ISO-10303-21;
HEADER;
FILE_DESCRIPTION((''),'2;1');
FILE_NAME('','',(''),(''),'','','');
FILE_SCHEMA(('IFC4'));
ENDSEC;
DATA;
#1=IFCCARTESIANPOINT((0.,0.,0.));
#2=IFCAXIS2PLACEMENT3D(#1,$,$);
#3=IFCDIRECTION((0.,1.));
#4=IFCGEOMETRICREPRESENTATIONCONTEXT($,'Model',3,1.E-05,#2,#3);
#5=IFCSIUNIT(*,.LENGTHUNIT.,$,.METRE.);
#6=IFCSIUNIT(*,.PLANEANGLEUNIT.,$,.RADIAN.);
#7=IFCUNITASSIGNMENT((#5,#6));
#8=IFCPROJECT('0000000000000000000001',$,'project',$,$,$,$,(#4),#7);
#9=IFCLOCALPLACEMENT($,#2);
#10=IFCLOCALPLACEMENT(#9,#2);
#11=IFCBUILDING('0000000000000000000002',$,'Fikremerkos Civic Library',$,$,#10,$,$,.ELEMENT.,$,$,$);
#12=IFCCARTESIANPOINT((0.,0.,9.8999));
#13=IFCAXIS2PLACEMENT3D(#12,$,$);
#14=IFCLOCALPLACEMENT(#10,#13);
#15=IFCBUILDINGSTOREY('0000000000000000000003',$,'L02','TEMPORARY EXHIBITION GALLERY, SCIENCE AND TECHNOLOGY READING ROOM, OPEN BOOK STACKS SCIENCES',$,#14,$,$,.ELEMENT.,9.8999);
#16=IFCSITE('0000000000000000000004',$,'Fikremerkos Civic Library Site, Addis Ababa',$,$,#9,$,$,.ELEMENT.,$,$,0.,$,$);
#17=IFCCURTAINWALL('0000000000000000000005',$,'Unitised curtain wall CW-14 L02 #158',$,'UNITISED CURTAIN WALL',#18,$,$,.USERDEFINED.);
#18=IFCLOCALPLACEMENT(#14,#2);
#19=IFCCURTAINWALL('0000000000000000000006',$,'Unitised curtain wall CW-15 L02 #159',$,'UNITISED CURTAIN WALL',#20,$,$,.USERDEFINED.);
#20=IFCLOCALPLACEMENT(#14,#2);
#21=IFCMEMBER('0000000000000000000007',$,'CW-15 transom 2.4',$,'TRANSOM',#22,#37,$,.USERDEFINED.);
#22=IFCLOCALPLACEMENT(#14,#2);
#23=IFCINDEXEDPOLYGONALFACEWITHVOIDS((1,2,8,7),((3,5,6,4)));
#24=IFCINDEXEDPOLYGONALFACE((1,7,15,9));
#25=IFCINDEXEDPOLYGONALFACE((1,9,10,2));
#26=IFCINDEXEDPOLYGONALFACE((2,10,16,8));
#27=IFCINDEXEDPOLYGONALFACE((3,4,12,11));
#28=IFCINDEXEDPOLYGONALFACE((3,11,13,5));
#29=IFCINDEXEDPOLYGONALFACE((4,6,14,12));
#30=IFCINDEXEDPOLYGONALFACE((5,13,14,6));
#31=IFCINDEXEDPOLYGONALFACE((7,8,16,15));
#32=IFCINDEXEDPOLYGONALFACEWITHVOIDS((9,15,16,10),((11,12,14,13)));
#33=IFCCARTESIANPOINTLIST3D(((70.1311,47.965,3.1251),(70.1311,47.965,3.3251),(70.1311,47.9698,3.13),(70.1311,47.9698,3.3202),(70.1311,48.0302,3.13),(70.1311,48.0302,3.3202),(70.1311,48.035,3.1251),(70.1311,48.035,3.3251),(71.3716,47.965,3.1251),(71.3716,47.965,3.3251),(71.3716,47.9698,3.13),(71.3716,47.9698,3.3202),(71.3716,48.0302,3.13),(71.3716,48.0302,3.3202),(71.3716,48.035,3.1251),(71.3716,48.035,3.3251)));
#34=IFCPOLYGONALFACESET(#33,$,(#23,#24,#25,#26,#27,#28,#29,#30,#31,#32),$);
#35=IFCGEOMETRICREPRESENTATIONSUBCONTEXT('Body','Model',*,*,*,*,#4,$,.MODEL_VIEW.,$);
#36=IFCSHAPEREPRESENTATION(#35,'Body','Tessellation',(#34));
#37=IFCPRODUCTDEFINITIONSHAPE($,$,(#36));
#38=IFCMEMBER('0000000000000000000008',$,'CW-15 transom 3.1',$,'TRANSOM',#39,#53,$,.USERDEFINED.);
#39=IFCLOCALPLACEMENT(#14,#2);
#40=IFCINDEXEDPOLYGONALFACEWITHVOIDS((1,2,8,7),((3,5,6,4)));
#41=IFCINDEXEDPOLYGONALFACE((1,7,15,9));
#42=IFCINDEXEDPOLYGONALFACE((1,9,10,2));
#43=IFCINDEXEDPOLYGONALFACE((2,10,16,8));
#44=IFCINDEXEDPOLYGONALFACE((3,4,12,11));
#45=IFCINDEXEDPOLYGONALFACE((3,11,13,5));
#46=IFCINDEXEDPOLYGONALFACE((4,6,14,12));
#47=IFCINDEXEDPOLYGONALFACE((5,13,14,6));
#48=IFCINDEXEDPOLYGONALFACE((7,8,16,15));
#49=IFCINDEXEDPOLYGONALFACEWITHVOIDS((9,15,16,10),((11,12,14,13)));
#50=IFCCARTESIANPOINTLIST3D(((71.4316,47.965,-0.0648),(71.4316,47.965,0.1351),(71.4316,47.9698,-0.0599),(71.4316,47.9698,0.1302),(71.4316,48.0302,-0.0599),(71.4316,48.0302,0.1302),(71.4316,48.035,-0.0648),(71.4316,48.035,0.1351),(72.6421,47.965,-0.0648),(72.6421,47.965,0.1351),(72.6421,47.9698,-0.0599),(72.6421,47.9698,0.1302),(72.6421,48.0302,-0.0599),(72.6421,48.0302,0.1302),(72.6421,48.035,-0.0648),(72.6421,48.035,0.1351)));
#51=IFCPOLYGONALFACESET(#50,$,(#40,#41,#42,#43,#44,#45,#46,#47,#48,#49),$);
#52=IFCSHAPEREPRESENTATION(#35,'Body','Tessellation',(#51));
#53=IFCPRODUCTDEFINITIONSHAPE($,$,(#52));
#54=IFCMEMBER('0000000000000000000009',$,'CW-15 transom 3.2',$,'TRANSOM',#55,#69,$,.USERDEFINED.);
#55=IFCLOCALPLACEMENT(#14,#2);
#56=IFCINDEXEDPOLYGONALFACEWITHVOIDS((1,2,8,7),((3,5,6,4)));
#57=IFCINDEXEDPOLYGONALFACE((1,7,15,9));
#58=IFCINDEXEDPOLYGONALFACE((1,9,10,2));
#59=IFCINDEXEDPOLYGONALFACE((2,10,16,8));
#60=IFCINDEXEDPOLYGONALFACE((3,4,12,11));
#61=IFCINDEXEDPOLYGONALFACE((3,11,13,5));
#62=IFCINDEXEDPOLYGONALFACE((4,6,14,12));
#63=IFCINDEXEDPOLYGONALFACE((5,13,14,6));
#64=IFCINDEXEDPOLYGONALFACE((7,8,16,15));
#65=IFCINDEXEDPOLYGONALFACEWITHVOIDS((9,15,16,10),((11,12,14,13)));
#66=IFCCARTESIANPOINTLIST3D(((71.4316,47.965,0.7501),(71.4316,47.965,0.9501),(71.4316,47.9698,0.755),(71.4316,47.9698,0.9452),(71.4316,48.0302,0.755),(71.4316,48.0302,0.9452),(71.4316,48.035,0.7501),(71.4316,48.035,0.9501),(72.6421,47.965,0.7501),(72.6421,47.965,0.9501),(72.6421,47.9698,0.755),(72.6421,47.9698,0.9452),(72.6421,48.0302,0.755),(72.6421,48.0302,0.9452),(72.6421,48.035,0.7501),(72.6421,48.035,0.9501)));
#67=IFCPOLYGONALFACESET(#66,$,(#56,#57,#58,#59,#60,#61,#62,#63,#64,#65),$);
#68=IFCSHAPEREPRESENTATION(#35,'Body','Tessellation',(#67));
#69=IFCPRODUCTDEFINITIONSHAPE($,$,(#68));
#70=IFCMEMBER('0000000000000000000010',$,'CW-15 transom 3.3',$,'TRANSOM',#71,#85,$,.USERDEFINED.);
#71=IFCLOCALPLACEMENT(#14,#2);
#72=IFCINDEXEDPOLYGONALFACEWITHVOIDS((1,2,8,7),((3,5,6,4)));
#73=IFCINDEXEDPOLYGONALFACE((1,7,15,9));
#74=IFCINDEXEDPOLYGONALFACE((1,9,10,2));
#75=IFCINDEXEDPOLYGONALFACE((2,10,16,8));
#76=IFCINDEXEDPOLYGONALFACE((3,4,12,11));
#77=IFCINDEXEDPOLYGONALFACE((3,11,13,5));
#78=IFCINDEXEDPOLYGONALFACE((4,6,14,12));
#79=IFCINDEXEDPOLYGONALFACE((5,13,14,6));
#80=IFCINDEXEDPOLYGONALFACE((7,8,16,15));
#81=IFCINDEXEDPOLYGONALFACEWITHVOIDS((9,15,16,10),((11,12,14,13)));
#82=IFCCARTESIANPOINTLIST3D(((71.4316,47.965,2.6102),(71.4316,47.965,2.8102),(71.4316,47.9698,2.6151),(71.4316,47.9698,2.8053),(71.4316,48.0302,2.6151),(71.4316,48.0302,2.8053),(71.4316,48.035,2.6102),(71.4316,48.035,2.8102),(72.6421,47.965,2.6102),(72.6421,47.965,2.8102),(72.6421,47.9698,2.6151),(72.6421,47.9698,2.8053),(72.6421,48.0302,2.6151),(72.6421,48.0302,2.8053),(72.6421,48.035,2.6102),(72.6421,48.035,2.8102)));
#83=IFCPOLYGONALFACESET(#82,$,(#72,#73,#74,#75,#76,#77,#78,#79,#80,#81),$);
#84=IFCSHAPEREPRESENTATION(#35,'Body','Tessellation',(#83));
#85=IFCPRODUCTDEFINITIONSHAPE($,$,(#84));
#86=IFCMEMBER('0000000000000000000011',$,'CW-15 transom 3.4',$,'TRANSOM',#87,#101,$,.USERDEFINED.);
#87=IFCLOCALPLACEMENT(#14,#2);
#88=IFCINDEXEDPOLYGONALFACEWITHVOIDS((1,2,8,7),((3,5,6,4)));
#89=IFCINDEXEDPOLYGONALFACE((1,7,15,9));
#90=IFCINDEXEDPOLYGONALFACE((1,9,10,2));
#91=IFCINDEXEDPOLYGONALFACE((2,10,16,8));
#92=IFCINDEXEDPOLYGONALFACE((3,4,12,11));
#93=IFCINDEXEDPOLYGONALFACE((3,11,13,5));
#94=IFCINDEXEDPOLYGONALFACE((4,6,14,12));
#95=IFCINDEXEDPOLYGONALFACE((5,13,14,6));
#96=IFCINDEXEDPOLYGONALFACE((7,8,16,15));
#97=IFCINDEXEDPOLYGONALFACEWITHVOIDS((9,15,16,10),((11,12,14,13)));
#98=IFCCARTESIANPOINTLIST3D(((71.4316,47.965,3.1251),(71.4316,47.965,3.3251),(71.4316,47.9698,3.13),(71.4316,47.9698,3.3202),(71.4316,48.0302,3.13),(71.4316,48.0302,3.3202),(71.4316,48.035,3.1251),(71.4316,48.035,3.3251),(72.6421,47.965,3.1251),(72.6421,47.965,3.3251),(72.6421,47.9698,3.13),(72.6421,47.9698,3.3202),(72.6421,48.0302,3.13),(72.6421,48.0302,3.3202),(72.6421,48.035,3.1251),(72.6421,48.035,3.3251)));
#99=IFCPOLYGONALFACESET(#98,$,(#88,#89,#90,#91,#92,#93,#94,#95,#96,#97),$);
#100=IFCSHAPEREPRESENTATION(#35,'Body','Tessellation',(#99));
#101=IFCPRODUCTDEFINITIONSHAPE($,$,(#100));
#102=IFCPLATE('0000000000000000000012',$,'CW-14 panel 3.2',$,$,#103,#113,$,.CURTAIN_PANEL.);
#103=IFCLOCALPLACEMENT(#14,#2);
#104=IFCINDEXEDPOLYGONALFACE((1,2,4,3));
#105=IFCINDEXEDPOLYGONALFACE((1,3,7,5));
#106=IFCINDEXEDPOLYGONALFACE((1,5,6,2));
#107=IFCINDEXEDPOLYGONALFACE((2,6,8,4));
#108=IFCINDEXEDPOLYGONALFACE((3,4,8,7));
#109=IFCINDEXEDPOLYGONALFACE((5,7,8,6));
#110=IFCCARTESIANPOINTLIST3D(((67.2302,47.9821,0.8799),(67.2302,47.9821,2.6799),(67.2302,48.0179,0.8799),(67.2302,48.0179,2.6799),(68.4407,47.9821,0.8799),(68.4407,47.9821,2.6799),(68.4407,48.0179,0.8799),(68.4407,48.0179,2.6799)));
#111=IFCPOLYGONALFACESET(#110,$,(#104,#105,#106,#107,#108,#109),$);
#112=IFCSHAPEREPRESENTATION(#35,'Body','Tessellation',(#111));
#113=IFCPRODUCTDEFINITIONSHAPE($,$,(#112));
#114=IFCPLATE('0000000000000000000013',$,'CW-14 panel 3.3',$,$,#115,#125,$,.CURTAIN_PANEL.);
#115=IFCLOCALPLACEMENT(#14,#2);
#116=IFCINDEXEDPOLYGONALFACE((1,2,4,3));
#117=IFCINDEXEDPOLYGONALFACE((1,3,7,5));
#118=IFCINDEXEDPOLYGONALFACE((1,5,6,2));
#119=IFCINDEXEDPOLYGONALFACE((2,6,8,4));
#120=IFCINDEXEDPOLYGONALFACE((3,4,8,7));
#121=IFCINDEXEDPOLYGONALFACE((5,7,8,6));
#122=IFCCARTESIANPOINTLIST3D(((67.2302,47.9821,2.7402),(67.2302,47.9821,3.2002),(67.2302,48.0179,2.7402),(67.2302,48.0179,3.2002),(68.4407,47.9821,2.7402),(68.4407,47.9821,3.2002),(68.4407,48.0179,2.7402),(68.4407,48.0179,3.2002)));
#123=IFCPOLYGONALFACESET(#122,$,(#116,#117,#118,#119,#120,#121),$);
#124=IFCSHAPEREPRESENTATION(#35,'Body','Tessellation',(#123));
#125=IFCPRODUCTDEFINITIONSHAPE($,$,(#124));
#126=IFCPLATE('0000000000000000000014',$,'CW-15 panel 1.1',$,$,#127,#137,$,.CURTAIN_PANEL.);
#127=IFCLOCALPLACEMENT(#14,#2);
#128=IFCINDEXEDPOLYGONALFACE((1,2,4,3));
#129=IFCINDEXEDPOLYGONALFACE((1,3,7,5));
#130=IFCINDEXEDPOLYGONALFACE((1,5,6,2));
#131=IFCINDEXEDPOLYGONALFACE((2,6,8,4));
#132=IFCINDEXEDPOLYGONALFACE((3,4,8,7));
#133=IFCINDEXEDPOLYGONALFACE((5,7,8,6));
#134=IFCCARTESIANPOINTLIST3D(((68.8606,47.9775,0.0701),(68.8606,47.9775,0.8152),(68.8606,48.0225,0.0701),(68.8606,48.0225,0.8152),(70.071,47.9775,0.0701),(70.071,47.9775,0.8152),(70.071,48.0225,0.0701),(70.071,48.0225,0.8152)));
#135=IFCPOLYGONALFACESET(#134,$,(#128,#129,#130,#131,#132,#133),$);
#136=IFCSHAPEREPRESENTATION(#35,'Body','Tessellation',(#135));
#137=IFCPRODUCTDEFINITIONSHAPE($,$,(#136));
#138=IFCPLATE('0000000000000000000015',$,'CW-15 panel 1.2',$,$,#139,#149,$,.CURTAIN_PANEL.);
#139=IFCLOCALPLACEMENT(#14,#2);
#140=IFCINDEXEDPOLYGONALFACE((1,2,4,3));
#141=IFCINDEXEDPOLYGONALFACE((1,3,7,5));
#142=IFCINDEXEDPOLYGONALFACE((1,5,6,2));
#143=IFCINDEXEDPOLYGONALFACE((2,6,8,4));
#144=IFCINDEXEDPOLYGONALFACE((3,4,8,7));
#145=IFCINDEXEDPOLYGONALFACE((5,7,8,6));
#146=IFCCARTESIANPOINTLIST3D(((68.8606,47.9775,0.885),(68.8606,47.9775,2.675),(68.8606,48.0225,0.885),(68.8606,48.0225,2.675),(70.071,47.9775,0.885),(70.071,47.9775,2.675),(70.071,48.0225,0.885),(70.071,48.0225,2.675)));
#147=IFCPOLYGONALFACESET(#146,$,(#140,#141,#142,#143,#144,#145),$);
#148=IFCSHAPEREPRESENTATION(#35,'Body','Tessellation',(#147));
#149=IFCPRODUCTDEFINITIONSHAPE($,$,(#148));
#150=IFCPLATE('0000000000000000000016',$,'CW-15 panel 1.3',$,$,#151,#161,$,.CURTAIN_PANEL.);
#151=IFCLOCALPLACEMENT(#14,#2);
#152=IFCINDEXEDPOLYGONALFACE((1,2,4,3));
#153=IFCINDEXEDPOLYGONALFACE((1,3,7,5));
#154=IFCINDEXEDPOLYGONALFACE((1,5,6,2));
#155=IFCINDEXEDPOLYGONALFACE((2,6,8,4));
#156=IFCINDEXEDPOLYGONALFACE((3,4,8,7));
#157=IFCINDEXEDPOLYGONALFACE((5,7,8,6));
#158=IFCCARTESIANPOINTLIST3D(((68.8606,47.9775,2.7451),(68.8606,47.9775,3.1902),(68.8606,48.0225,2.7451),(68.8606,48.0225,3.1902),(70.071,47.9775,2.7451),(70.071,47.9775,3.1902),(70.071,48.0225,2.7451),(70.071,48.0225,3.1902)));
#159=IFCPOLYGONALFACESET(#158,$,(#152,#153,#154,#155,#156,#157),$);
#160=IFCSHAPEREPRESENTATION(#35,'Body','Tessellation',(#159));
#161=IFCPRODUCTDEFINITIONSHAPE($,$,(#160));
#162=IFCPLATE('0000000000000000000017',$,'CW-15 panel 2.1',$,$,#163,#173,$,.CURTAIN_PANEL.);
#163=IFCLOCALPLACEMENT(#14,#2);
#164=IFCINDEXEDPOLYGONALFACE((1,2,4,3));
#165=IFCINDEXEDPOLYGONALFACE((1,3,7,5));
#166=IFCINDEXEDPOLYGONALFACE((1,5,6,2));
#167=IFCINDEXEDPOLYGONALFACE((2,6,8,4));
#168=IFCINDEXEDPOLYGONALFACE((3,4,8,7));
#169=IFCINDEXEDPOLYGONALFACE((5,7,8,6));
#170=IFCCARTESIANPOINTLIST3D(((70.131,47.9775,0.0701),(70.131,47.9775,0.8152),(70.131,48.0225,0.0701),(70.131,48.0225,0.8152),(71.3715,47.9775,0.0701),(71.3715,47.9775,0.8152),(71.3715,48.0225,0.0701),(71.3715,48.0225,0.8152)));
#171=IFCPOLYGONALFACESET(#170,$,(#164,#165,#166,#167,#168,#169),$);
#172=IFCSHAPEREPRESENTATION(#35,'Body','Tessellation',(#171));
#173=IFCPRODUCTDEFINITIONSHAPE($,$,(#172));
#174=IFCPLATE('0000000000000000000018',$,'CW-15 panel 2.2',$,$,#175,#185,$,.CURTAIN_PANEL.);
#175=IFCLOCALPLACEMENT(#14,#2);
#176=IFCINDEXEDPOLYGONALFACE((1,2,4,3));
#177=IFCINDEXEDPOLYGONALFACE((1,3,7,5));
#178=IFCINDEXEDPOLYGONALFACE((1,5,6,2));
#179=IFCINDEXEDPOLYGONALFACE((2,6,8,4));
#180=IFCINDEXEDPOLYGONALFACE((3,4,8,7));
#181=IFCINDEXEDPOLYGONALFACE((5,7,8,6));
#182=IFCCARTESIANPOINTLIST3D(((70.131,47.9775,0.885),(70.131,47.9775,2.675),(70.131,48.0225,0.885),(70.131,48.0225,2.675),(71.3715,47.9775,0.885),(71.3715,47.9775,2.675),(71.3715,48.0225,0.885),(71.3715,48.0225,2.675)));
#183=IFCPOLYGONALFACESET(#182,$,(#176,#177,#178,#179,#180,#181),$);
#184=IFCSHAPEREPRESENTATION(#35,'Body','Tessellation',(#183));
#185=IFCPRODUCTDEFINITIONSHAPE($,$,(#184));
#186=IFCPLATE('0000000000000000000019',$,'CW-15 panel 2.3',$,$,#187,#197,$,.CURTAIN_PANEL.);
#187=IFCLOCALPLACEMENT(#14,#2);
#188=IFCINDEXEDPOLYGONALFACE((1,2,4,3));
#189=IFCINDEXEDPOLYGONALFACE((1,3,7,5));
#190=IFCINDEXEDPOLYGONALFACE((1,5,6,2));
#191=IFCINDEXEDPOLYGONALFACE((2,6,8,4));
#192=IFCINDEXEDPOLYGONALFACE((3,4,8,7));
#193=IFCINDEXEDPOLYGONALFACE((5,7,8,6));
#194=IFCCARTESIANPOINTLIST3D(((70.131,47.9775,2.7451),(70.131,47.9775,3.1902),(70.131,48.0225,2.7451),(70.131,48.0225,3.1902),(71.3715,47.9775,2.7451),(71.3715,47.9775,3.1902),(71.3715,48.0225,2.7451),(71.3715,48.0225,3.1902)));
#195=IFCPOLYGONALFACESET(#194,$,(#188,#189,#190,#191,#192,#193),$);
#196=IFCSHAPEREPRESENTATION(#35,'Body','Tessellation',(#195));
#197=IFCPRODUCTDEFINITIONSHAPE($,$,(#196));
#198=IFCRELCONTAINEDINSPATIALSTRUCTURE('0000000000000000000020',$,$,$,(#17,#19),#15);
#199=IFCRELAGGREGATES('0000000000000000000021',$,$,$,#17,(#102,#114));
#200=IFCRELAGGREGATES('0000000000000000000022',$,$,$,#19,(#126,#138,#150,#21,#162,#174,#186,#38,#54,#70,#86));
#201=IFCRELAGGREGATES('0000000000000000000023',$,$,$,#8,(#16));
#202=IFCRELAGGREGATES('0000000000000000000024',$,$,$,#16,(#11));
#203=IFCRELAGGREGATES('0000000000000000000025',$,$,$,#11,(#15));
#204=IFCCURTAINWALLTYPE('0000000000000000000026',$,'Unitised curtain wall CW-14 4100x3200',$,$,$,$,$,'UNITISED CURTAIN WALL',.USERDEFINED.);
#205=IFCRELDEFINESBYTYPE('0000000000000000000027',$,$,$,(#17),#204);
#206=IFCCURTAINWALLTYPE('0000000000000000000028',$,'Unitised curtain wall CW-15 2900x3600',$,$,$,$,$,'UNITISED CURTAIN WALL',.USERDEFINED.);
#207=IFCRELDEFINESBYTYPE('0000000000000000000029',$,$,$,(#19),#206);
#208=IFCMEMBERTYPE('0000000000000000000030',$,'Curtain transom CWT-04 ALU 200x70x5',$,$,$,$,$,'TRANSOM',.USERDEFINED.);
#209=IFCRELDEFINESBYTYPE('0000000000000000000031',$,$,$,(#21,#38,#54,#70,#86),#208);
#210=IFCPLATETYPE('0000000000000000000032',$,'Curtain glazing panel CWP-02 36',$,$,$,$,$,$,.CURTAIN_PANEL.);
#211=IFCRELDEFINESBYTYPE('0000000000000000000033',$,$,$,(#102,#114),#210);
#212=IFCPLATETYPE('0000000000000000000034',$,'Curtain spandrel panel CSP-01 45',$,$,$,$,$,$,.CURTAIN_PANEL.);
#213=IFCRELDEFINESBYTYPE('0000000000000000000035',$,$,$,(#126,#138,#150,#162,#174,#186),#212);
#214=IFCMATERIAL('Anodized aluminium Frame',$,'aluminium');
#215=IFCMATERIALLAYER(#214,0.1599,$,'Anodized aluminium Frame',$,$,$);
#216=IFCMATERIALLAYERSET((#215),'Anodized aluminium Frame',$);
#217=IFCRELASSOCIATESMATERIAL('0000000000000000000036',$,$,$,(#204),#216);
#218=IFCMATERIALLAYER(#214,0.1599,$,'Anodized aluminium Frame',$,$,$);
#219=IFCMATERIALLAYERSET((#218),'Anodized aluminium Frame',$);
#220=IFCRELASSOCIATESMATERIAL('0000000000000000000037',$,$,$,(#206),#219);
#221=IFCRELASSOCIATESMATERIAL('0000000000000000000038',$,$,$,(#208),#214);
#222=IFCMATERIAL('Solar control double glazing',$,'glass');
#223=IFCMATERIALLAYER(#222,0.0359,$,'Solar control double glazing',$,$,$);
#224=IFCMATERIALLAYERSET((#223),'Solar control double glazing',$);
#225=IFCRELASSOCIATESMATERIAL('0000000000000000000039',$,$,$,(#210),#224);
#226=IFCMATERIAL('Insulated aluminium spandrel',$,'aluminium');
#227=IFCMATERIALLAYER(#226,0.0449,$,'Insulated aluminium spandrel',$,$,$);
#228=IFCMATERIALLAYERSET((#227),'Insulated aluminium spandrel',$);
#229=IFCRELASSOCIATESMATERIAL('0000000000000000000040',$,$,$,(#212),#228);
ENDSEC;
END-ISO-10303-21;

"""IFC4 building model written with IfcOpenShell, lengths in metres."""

from ifc_helpers import new_model, si_unit, direction, frame, origin, origin_2d, place, context, subcontext, project, spatial, rectangle, hollow_rectangle, extrude, material, layer, layer_set, material_profile, profile_set, type_object, element, aggregate, save


model = new_model("IFC4")

# Units and contexts
model_context = context("Model", 3, precision=1e-05, world=origin(), true_north=direction((0.0, 1.0)))
body_context = subcontext(model_context, "Body", "Model", "MODEL_VIEW")
ifc_project = project(units=[si_unit("LENGTHUNIT", "METRE"), si_unit("PLANEANGLEUNIT", "RADIAN")], contexts=[model_context])

# Site, building, storey
site_placement = place(None, origin())
site = spatial("IfcSite", under=ifc_project, at=site_placement, Name="Fikremerkos Civic Library Site, Addis Ababa", CompositionType="ELEMENT", RefElevation=0.0)
building_placement = place(site_placement, origin())
building = spatial("IfcBuilding", under=site, at=building_placement, Name="Fikremerkos Civic Library", CompositionType="ELEMENT")
storey_placement = place(building_placement, frame((0.0, 0.0, 9.8999)))
storey = spatial("IfcBuildingStorey", under=building, at=storey_placement, Name="L02", Description="TEMPORARY EXHIBITION GALLERY, SCIENCE AND TECHNOLOGY READING ROOM, OPEN BOOK STACKS SCIENCES", CompositionType="ELEMENT", Elevation=9.8999)

# Curtain wall
ifc_material_1 = material(Name="Anodized aluminium Frame", Category="aluminium")
ifc_layer_1 = layer(ifc_material_1, 0.1599, Name="Anodized aluminium Frame")
ifc_layer_set_1 = layer_set([ifc_layer_1], Name="Anodized aluminium Frame")
curtain_wall_type_1 = type_object("IfcCurtainWallType", Name="Unitised curtain wall CW-14 4100x3200", ElementType="UNITISED CURTAIN WALL", PredefinedType="USERDEFINED", material=ifc_layer_set_1)
curtain_wall_1_placement = place(storey_placement, origin())
curtain_wall_1 = element("IfcCurtainWall", 1, at=curtain_wall_1_placement, inside=storey, type_object=curtain_wall_type_1, Name="Unitised curtain wall CW-14 L02 #158", ObjectType="UNITISED CURTAIN WALL", PredefinedType="USERDEFINED")

# Curtain wall, members
ifc_layer_2 = layer(ifc_material_1, 0.1599, Name="Anodized aluminium Frame")
ifc_layer_set_2 = layer_set([ifc_layer_2], Name="Anodized aluminium Frame")
curtain_wall_type_2 = type_object("IfcCurtainWallType", Name="Unitised curtain wall CW-15 2900x3600", ElementType="UNITISED CURTAIN WALL", PredefinedType="USERDEFINED", material=ifc_layer_set_2)
curtain_wall_2_placement = place(storey_placement, origin())
curtain_wall_2 = element("IfcCurtainWall", 2, at=curtain_wall_2_placement, inside=storey, type_object=curtain_wall_type_2, Name="Unitised curtain wall CW-15 L02 #159", ObjectType="UNITISED CURTAIN WALL", PredefinedType="USERDEFINED")
ifc_material_profile_1 = material_profile(ifc_material_1, hollow_rectangle(XDim=0.0701, YDim=0.2, WallThickness=0.0049, at=origin_2d()), Name="ALU 200x70x5")
ifc_profile_set_1 = profile_set([ifc_material_profile_1], Name="Anodized aluminium Frame")
member_type_1 = type_object("IfcMemberType", Name="Curtain transom CWT-04 ALU 200x70x5", ElementType="TRANSOM", PredefinedType="USERDEFINED", material=ifc_profile_set_1)
member_1_placement = place(storey_placement, frame((70.1311, 48.0, 3.2251), z_axis=(1.0, 0.0, 0.0), x_axis=(0.0, 1.0, 0.0)))
member_1 = element("IfcMember", 3, at=member_1_placement, type_object=member_type_1, Name="CW-15 transom 2.4", ObjectType="TRANSOM", PredefinedType="USERDEFINED", context=body_context, shape_type="SweptSolid", body=[
    extrude(hollow_rectangle(XDim=0.0701, YDim=0.2, WallThickness=0.0049, at=origin_2d()), origin(), (0.0, 0.0, 1.0), 1.2405),
])
member_2_placement = place(storey_placement, frame((71.4316, 48.0, 0.0352), z_axis=(1.0, 0.0, 0.0), x_axis=(0.0, 1.0, 0.0)))
member_2 = element("IfcMember", 4, at=member_2_placement, type_object=member_type_1, Name="CW-15 transom 3.1", ObjectType="TRANSOM", PredefinedType="USERDEFINED", context=body_context, shape_type="SweptSolid", body=[
    extrude(hollow_rectangle(XDim=0.0701, YDim=0.2, WallThickness=0.0049, at=origin_2d()), origin(), (0.0, 0.0, 1.0), 1.2104),
])
member_3_placement = place(storey_placement, frame((71.4316, 48.0, 0.8501), z_axis=(1.0, 0.0, 0.0), x_axis=(0.0, 1.0, 0.0)))
member_3 = element("IfcMember", 5, at=member_3_placement, type_object=member_type_1, Name="CW-15 transom 3.2", ObjectType="TRANSOM", PredefinedType="USERDEFINED", context=body_context, shape_type="SweptSolid", body=[
    extrude(hollow_rectangle(XDim=0.0701, YDim=0.2, WallThickness=0.0049, at=origin_2d()), origin(), (0.0, 0.0, 1.0), 1.2104),
])
member_4_placement = place(storey_placement, frame((71.4316, 48.0, 2.7102), z_axis=(1.0, 0.0, 0.0), x_axis=(0.0, 1.0, 0.0)))
member_4 = element("IfcMember", 6, at=member_4_placement, type_object=member_type_1, Name="CW-15 transom 3.3", ObjectType="TRANSOM", PredefinedType="USERDEFINED", context=body_context, shape_type="SweptSolid", body=[
    extrude(hollow_rectangle(XDim=0.0701, YDim=0.2, WallThickness=0.0049, at=origin_2d()), origin(), (0.0, 0.0, 1.0), 1.2104),
])
member_5_placement = place(storey_placement, frame((71.4316, 48.0, 3.2251), z_axis=(1.0, 0.0, 0.0), x_axis=(0.0, 1.0, 0.0)))
member_5 = element("IfcMember", 7, at=member_5_placement, type_object=member_type_1, Name="CW-15 transom 3.4", ObjectType="TRANSOM", PredefinedType="USERDEFINED", context=body_context, shape_type="SweptSolid", body=[
    extrude(hollow_rectangle(XDim=0.0701, YDim=0.2, WallThickness=0.0049, at=origin_2d()), origin(), (0.0, 0.0, 1.0), 1.2104),
])

# Plates
ifc_material_2 = material(Name="Solar control double glazing", Category="glass")
ifc_layer_3 = layer(ifc_material_2, 0.0359, Name="Solar control double glazing")
ifc_layer_set_3 = layer_set([ifc_layer_3], Name="Solar control double glazing")
plate_type_1 = type_object("IfcPlateType", Name="Curtain glazing panel CWP-02 36", PredefinedType="CURTAIN_PANEL", material=ifc_layer_set_3)
plate_1_placement = place(storey_placement, frame((67.8354, 48.0, 0.8799), z_axis=(0.0, 0.0, 1.0), x_axis=(1.0, 0.0, 0.0)))
plate_1 = element("IfcPlate", 8, at=plate_1_placement, type_object=plate_type_1, Name="CW-14 panel 3.2", PredefinedType="CURTAIN_PANEL", context=body_context, shape_type="SweptSolid", body=[
    extrude(rectangle(XDim=1.2104, YDim=0.0359, at=origin_2d()), origin(), (0.0, 0.0, 1.0), 1.8),
])
plate_2_placement = place(storey_placement, frame((67.8354, 48.0, 2.7402), z_axis=(0.0, 0.0, 1.0), x_axis=(1.0, 0.0, 0.0)))
plate_2 = element("IfcPlate", 9, at=plate_2_placement, type_object=plate_type_1, Name="CW-14 panel 3.3", PredefinedType="CURTAIN_PANEL", context=body_context, shape_type="SweptSolid", body=[
    extrude(rectangle(XDim=1.2104, YDim=0.0359, at=origin_2d()), origin(), (0.0, 0.0, 1.0), 0.46),
])
aggregate(curtain_wall_1, [plate_1, plate_2])
ifc_material_3 = material(Name="Insulated aluminium spandrel", Category="aluminium")
ifc_layer_4 = layer(ifc_material_3, 0.0449, Name="Insulated aluminium spandrel")
ifc_layer_set_4 = layer_set([ifc_layer_4], Name="Insulated aluminium spandrel")
plate_type_2 = type_object("IfcPlateType", Name="Curtain spandrel panel CSP-01 45", PredefinedType="CURTAIN_PANEL", material=ifc_layer_set_4)
plate_3_placement = place(storey_placement, frame((69.4658, 48.0, 0.0701), z_axis=(0.0, 0.0, 1.0), x_axis=(1.0, 0.0, 0.0)))
plate_3 = element("IfcPlate", 10, at=plate_3_placement, type_object=plate_type_2, Name="CW-15 panel 1.1", PredefinedType="CURTAIN_PANEL", context=body_context, shape_type="SweptSolid", body=[
    extrude(rectangle(XDim=1.2104, YDim=0.0449, at=origin_2d()), origin(), (0.0, 0.0, 1.0), 0.7451),
])
plate_4_placement = place(storey_placement, frame((69.4658, 48.0, 0.885), z_axis=(0.0, 0.0, 1.0), x_axis=(1.0, 0.0, 0.0)))
plate_4 = element("IfcPlate", 11, at=plate_4_placement, type_object=plate_type_2, Name="CW-15 panel 1.2", PredefinedType="CURTAIN_PANEL", context=body_context, shape_type="SweptSolid", body=[
    extrude(rectangle(XDim=1.2104, YDim=0.0449, at=origin_2d()), origin(), (0.0, 0.0, 1.0), 1.79),
])
plate_5_placement = place(storey_placement, frame((69.4658, 48.0, 2.7451), z_axis=(0.0, 0.0, 1.0), x_axis=(1.0, 0.0, 0.0)))
plate_5 = element("IfcPlate", 12, at=plate_5_placement, type_object=plate_type_2, Name="CW-15 panel 1.3", PredefinedType="CURTAIN_PANEL", context=body_context, shape_type="SweptSolid", body=[
    extrude(rectangle(XDim=1.2104, YDim=0.0449, at=origin_2d()), origin(), (0.0, 0.0, 1.0), 0.4451),
])
plate_6_placement = place(storey_placement, frame((70.7512, 48.0, 0.0701), z_axis=(0.0, 0.0, 1.0), x_axis=(1.0, 0.0, 0.0)))
plate_6 = element("IfcPlate", 13, at=plate_6_placement, type_object=plate_type_2, Name="CW-15 panel 2.1", PredefinedType="CURTAIN_PANEL", context=body_context, shape_type="SweptSolid", body=[
    extrude(rectangle(XDim=1.2405, YDim=0.0449, at=origin_2d()), origin(), (0.0, 0.0, 1.0), 0.7451),
])
plate_7_placement = place(storey_placement, frame((70.7512, 48.0, 0.885), z_axis=(0.0, 0.0, 1.0), x_axis=(1.0, 0.0, 0.0)))
plate_7 = element("IfcPlate", 14, at=plate_7_placement, type_object=plate_type_2, Name="CW-15 panel 2.2", PredefinedType="CURTAIN_PANEL", context=body_context, shape_type="SweptSolid", body=[
    extrude(rectangle(XDim=1.2405, YDim=0.0449, at=origin_2d()), origin(), (0.0, 0.0, 1.0), 1.79),
])
plate_8_placement = place(storey_placement, frame((70.7512, 48.0, 2.7451), z_axis=(0.0, 0.0, 1.0), x_axis=(1.0, 0.0, 0.0)))
plate_8 = element("IfcPlate", 15, at=plate_8_placement, type_object=plate_type_2, Name="CW-15 panel 2.3", PredefinedType="CURTAIN_PANEL", context=body_context, shape_type="SweptSolid", body=[
    extrude(rectangle(XDim=1.2405, YDim=0.0449, at=origin_2d()), origin(), (0.0, 0.0, 1.0), 0.4451),
])
aggregate(curtain_wall_2, [plate_3, plate_4, plate_5, member_1, plate_6, plate_7, plate_8, member_2, member_3, member_4, member_5])

save(model, "model.ifc")
